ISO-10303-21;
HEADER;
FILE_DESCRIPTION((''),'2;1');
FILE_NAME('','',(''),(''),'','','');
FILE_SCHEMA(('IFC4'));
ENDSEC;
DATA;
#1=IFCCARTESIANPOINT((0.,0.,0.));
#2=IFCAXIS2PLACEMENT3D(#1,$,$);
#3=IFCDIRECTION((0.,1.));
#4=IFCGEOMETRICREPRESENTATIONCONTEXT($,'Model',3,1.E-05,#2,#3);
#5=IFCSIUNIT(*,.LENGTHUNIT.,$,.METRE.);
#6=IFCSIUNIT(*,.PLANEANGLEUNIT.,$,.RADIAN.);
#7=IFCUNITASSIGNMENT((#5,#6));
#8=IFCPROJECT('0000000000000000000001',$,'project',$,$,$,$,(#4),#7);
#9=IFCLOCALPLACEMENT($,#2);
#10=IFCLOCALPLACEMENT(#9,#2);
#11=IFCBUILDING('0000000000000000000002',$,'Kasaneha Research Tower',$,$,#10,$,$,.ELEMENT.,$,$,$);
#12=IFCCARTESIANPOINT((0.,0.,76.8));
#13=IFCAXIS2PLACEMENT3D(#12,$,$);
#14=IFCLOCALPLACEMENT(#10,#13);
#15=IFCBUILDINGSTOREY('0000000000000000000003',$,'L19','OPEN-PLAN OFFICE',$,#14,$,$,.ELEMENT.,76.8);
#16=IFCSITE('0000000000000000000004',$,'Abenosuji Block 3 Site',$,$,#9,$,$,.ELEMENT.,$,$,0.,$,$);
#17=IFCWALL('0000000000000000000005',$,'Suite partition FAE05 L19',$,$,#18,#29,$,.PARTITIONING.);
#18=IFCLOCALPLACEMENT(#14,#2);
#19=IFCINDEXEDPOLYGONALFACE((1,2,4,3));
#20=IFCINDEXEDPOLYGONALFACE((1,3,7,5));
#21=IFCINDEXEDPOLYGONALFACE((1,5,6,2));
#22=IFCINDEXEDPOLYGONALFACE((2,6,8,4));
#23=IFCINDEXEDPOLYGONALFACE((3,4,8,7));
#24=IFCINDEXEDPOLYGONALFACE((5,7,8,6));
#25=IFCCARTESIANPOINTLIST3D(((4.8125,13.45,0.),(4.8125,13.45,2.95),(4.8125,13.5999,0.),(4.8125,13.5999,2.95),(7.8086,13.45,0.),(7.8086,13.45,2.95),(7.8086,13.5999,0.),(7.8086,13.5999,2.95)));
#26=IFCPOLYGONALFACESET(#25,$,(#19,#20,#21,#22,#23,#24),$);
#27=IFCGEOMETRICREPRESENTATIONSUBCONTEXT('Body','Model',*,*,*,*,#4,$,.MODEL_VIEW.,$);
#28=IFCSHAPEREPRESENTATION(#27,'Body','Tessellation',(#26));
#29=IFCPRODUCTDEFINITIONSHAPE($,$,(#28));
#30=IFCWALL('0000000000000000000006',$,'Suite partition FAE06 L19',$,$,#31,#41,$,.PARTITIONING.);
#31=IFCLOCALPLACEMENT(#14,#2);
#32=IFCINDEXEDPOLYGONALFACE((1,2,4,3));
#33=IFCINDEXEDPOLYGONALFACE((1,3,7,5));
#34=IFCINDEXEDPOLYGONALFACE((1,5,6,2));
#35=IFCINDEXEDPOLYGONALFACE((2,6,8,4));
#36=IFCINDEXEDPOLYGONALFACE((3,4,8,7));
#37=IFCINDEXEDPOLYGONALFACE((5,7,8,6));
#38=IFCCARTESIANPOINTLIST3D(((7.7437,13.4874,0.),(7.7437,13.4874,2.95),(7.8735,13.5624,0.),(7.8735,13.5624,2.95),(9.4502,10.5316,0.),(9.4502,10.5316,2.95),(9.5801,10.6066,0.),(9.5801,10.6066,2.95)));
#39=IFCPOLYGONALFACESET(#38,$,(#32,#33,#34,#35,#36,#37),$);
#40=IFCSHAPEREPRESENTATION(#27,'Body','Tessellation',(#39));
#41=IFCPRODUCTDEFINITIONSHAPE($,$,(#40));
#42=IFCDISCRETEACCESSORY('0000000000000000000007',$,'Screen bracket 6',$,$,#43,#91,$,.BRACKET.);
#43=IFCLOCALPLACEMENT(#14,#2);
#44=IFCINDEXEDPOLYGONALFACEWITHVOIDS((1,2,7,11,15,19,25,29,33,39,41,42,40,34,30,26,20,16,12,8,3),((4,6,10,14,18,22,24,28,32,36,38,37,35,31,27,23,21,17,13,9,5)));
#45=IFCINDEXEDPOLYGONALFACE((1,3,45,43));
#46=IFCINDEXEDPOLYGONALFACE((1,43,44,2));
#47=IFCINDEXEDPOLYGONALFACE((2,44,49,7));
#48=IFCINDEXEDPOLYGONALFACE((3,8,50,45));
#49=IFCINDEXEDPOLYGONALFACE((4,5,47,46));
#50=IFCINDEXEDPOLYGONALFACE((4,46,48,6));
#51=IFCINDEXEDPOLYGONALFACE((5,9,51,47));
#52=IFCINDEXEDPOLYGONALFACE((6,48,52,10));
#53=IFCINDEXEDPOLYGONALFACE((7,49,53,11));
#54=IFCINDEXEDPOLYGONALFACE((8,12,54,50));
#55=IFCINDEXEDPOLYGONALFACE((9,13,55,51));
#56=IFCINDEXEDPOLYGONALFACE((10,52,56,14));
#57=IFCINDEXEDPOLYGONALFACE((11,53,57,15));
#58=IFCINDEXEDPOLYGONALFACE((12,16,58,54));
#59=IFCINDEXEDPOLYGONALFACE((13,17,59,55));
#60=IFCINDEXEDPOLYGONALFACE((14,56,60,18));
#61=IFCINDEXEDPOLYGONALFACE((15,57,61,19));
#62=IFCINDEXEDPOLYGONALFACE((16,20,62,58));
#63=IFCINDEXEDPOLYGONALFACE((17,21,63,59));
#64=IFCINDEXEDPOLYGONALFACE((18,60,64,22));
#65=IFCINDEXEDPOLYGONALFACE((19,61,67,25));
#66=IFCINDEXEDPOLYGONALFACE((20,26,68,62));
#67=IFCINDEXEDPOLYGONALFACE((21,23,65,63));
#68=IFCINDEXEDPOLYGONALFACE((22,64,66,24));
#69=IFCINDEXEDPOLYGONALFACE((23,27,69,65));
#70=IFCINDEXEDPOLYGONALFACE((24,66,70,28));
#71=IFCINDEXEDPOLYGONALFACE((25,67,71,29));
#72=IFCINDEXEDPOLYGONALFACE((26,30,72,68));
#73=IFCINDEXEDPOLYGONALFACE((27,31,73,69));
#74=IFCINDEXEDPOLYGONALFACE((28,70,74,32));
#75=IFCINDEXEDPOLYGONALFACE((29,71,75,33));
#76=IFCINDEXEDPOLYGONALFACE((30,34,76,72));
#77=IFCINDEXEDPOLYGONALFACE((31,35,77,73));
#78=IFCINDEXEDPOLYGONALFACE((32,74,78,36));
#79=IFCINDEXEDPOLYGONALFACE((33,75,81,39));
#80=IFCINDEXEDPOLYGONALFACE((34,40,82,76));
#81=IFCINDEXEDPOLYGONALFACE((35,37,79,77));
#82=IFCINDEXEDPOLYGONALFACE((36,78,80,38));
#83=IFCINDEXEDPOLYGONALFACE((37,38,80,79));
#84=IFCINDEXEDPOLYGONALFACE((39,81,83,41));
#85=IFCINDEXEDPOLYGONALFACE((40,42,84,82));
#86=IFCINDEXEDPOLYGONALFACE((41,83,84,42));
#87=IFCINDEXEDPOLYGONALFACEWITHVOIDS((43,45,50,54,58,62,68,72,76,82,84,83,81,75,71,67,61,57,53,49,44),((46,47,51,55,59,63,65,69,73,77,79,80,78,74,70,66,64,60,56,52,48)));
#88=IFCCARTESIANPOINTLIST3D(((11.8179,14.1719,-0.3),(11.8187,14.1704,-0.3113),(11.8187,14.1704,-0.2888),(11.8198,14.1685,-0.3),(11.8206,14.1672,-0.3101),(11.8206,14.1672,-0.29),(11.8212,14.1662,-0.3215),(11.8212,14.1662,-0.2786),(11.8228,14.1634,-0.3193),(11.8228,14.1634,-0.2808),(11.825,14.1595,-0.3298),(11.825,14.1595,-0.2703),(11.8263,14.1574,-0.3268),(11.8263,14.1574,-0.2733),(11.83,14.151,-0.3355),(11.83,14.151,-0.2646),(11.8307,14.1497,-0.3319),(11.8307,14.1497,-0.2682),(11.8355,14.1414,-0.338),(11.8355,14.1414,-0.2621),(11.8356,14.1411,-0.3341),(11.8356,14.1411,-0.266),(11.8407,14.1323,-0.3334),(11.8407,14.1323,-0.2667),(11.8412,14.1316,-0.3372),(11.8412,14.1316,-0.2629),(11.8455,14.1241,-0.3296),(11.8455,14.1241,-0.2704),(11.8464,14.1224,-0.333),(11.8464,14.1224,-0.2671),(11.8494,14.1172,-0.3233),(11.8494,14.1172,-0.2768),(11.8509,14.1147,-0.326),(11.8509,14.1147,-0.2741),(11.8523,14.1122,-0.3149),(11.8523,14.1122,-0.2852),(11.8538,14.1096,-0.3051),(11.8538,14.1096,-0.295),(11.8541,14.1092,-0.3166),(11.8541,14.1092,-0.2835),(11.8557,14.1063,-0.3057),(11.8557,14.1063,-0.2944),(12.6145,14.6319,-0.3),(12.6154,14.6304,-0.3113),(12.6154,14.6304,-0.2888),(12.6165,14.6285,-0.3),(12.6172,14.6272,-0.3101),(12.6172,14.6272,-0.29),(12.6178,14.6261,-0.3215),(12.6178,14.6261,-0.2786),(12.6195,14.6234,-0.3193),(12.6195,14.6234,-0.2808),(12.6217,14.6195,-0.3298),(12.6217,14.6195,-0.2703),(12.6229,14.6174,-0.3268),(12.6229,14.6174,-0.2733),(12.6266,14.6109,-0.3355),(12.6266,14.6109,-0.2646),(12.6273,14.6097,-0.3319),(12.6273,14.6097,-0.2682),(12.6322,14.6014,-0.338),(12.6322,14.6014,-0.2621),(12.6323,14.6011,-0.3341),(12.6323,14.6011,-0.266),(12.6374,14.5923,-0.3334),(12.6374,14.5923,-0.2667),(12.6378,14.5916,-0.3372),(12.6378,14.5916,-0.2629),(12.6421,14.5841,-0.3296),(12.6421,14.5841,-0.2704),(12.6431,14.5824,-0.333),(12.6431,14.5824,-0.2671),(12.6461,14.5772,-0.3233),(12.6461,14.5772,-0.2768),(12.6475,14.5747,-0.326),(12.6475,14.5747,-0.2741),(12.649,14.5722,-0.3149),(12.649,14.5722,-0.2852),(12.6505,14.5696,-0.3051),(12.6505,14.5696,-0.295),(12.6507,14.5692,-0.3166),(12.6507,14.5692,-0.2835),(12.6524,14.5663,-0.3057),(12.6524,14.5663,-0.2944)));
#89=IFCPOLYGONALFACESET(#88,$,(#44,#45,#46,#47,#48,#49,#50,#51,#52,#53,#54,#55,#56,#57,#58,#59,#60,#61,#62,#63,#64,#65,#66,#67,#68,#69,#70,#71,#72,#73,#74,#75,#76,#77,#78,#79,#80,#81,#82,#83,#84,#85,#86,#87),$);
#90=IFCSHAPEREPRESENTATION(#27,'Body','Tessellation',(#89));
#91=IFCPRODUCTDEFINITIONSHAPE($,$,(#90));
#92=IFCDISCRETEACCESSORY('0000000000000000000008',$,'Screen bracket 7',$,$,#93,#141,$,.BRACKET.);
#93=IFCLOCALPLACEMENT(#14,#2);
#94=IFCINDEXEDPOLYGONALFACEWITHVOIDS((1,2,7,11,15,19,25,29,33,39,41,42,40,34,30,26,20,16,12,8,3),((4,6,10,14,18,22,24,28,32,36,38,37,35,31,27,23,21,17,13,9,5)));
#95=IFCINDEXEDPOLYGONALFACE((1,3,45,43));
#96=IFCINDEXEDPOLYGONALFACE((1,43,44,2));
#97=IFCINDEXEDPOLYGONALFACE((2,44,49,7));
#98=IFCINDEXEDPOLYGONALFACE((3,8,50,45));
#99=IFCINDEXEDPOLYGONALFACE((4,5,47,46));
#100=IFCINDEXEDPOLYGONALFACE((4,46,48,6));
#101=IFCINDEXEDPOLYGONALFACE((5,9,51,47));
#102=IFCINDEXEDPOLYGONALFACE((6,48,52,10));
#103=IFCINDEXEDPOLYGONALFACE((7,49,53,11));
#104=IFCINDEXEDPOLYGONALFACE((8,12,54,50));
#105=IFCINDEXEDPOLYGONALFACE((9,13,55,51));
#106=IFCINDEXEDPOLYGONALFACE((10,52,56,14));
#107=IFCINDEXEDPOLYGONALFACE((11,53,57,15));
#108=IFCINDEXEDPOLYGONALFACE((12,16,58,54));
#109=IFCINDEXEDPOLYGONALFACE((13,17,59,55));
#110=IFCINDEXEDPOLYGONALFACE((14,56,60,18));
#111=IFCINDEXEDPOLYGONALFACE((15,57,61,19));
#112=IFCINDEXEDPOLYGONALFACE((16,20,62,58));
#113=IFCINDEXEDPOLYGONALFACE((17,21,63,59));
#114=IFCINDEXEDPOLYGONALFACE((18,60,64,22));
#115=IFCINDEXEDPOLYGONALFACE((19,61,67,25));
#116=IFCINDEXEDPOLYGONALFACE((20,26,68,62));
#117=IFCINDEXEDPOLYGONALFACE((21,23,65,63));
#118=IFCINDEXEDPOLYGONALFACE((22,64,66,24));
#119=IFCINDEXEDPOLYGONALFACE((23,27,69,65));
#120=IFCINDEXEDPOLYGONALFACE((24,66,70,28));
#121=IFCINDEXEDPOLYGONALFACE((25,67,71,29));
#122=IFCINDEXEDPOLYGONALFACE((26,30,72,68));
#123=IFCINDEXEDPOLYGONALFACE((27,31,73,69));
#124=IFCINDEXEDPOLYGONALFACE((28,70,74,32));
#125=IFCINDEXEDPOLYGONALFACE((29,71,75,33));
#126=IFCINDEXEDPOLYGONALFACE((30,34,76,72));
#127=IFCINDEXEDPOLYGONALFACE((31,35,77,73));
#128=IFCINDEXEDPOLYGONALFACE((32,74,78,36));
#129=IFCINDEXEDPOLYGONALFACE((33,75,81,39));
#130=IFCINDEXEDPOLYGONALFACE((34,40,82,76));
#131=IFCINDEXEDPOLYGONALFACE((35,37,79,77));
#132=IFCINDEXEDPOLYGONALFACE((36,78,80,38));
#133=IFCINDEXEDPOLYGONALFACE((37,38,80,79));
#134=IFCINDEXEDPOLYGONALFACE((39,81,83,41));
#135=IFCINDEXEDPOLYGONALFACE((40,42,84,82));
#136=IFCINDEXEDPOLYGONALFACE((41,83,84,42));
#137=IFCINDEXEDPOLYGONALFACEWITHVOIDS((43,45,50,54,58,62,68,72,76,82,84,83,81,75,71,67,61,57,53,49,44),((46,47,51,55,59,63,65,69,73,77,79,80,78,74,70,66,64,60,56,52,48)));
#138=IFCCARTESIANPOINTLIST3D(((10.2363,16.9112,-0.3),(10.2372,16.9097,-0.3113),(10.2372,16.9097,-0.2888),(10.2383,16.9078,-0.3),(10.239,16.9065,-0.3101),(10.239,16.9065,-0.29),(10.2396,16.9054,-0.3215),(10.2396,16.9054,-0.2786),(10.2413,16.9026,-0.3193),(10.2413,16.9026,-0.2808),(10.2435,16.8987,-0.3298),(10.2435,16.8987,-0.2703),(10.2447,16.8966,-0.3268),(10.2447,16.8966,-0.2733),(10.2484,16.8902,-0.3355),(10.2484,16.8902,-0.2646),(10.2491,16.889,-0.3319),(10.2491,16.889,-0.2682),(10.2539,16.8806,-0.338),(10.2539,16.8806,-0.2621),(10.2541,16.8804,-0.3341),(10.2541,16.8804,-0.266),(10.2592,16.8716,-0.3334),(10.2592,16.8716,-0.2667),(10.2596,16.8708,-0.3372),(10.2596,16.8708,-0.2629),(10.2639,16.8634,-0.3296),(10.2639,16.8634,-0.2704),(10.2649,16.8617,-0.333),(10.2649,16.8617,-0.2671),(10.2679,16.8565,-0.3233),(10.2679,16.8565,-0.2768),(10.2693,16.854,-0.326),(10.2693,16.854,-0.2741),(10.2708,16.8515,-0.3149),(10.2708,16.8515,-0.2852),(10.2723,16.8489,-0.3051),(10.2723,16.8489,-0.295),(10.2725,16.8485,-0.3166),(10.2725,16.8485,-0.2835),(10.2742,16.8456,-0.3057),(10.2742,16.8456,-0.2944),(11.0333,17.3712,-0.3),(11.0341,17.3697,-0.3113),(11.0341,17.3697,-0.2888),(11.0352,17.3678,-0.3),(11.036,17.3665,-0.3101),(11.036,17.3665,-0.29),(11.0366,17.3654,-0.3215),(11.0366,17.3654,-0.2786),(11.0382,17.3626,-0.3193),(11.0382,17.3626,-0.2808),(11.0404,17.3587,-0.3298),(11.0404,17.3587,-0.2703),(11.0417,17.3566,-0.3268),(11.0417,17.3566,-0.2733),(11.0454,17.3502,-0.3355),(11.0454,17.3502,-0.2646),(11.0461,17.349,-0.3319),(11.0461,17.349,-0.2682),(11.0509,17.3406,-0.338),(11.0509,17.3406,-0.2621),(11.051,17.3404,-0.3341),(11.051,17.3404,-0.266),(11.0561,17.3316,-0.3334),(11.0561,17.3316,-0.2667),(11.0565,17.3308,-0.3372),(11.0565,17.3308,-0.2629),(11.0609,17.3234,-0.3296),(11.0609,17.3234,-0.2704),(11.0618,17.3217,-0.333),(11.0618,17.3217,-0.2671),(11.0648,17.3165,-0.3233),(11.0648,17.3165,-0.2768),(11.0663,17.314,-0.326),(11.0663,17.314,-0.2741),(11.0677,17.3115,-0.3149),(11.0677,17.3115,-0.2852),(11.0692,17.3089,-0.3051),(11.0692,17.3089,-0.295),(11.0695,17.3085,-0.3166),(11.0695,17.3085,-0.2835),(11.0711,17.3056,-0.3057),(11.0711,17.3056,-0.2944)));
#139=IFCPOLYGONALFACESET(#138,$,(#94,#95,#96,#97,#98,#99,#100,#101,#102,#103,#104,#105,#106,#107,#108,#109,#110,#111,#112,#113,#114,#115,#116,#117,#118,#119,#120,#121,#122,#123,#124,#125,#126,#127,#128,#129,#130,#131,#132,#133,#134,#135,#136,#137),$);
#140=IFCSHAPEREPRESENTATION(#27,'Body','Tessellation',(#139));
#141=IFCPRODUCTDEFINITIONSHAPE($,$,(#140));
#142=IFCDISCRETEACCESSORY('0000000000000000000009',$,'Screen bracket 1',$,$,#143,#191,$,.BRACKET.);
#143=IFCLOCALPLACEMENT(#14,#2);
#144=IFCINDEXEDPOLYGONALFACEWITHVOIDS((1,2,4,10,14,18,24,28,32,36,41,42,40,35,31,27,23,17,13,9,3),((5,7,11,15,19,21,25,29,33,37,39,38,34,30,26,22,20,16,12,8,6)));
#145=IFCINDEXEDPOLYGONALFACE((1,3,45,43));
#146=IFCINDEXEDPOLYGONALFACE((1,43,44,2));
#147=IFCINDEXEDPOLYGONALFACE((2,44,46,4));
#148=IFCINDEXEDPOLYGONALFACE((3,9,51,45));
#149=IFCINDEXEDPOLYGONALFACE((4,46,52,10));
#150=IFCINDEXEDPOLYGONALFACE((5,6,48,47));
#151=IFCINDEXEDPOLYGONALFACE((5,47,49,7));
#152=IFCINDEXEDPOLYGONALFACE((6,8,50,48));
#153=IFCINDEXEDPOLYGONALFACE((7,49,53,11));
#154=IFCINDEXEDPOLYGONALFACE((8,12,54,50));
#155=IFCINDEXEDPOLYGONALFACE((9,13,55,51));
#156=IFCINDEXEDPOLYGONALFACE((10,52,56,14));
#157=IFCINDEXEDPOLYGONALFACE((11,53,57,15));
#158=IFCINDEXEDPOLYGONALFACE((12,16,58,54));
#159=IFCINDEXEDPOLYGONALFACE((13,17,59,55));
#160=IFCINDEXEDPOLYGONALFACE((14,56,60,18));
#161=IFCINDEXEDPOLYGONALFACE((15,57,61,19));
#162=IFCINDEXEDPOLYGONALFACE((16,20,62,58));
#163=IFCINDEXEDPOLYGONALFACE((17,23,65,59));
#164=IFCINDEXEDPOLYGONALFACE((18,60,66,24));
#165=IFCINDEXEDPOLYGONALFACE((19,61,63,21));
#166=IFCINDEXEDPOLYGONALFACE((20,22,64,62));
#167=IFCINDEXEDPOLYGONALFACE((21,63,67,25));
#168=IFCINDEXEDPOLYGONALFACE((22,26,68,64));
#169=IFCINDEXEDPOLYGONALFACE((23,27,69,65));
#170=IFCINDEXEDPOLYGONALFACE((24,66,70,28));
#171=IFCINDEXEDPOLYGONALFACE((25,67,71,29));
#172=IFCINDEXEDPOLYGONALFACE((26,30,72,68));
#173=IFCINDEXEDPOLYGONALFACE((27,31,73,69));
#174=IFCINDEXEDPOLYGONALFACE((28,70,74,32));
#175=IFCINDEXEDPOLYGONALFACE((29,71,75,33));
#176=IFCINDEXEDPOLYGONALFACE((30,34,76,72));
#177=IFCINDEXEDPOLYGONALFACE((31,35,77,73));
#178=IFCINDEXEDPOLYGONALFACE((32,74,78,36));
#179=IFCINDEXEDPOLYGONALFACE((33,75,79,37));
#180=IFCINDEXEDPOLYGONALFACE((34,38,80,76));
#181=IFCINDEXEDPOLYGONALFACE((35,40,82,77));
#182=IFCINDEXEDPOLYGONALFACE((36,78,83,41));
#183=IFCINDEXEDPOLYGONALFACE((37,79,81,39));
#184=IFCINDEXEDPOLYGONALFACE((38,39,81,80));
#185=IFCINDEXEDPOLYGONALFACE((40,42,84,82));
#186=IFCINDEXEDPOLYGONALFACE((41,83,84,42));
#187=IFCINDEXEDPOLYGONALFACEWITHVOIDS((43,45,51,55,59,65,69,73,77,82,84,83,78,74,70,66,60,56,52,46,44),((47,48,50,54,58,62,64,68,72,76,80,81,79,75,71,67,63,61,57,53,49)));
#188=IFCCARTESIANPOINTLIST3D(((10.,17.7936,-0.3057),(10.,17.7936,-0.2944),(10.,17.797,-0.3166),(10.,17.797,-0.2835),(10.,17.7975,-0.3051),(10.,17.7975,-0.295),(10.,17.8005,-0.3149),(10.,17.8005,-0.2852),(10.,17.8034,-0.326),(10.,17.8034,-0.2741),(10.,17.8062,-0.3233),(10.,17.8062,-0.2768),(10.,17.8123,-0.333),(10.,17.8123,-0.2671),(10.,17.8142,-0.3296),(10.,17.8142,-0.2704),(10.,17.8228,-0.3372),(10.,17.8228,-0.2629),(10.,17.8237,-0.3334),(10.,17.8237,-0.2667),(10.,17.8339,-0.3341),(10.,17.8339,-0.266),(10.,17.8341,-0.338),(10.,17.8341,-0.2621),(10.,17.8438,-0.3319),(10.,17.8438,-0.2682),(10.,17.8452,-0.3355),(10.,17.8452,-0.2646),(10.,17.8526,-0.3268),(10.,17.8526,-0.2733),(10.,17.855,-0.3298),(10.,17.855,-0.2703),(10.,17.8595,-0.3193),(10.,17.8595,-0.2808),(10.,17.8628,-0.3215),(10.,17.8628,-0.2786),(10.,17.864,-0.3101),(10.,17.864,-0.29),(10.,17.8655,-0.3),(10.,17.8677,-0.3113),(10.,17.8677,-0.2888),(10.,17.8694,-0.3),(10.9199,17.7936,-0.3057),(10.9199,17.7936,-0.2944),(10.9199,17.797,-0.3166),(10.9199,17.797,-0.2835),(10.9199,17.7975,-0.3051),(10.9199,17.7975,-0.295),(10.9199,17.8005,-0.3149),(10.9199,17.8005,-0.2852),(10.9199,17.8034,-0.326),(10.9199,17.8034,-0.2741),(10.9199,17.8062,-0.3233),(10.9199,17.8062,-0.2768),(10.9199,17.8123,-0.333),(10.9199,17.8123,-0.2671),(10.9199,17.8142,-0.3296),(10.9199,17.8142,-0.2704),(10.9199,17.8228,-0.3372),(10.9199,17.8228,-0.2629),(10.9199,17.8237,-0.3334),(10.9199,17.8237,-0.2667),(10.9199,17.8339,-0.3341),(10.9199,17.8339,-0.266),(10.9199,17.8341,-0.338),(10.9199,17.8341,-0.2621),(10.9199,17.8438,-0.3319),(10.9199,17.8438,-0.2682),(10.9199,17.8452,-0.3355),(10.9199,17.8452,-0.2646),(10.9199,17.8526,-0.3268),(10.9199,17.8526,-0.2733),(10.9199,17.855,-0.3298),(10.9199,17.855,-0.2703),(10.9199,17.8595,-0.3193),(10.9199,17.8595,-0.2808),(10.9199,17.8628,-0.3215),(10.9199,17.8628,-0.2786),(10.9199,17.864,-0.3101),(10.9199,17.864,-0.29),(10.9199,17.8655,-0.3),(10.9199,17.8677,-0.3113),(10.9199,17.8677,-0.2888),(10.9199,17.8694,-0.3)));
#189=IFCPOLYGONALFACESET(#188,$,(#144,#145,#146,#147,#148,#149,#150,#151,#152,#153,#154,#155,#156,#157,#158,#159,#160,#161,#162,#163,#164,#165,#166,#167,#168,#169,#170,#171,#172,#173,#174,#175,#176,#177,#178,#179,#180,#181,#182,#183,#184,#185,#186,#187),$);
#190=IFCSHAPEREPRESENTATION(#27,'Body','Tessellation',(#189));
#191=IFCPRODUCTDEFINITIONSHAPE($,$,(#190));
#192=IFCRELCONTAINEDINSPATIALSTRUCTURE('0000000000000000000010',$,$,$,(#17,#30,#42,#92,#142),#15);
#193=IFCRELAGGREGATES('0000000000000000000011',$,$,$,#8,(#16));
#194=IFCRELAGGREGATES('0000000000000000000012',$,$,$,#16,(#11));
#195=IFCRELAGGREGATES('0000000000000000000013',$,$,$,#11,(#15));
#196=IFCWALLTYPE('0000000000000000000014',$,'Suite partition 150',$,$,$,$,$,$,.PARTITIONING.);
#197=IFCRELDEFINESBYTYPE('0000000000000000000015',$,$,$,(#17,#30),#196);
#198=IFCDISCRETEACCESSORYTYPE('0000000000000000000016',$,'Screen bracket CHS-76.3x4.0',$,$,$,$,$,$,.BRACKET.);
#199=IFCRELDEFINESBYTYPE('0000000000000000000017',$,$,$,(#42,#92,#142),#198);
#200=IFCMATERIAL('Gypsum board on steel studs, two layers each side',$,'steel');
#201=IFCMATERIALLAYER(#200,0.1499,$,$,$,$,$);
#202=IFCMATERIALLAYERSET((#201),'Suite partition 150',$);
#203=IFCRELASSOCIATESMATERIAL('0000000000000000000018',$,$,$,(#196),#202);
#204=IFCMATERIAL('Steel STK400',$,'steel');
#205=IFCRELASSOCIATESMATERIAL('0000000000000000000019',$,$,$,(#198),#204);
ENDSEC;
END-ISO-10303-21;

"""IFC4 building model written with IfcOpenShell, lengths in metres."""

from ifc_helpers import new_model, si_unit, direction, frame, frame_2d, origin, origin_2d, place, context, subcontext, project, spatial, rectangle, hollow_circle, extrude, material, layer, layer_set, material_profile, profile_set, type_object, element, save


model = new_model("IFC4")

# Units and contexts
model_context = context("Model", 3, precision=1e-05, world=origin(), true_north=direction((0.0, 1.0)))
body_context = subcontext(model_context, "Body", "Model", "MODEL_VIEW")
ifc_project = project(units=[si_unit("LENGTHUNIT", "METRE"), si_unit("PLANEANGLEUNIT", "RADIAN")], contexts=[model_context])

# Site, building, storey
site_placement = place(None, origin())
site = spatial("IfcSite", under=ifc_project, at=site_placement, Name="Abenosuji Block 3 Site", CompositionType="ELEMENT", RefElevation=0.0)
building_placement = place(site_placement, origin())
building = spatial("IfcBuilding", under=site, at=building_placement, Name="Kasaneha Research Tower", CompositionType="ELEMENT")
storey_placement = place(building_placement, frame((0.0, 0.0, 76.8)))
storey = spatial("IfcBuildingStorey", under=building, at=storey_placement, Name="L19", Description="OPEN-PLAN OFFICE", CompositionType="ELEMENT", Elevation=76.8)

# Shared definitions
ifc_material_1 = material(Name="Gypsum board on steel studs, two layers each side", Category="steel")
ifc_layer_1 = layer(ifc_material_1, 0.1499)
ifc_layer_set_1 = layer_set([ifc_layer_1], Name="Suite partition 150")
wall_type_1 = type_object("IfcWallType", Name="Suite partition 150", PredefinedType="PARTITIONING", material=ifc_layer_set_1)

# Walls
wall_1_placement = place(storey_placement, frame((4.8125, 13.5249, 0.0), z_axis=(0.0, 0.0, 1.0), x_axis=(1.0, 0.0, 0.0)))
element("IfcWall", 1, at=wall_1_placement, inside=storey, type_object=wall_type_1, Name="Suite partition FAE05 L19", PredefinedType="PARTITIONING", context=body_context, shape_type="SweptSolid", body=[
    extrude(rectangle(XDim=2.9961, YDim=0.1499, at=frame_2d((1.498, 0.0))), origin(), (0.0, 0.0, 1.0), 2.95),
])
wall_2_placement = place(storey_placement, frame((7.8086, 13.5249, 0.0), z_axis=(0.0, 0.0, 1.0), x_axis=(0.500001, -0.866025, 0.0)))
element("IfcWall", 2, at=wall_2_placement, inside=storey, type_object=wall_type_1, Name="Suite partition FAE06 L19", PredefinedType="PARTITIONING", context=body_context, shape_type="SweptSolid", body=[
    extrude(rectangle(XDim=3.4131, YDim=0.1499, at=frame_2d((1.7065, 0.0))), origin(), (0.0, 0.0, 1.0), 2.95),
])

# Discrete accessories
ifc_material_2 = material(Name="Steel STK400", Category="steel")
ifc_material_profile_1 = material_profile(ifc_material_2, hollow_circle(Radius=0.0381, WallThickness=0.0039, at=origin_2d()), Name="CHS-76.3x4.0")
ifc_profile_set_1 = profile_set([ifc_material_profile_1], Name="Steel STK400")
discrete_accessory_type = type_object("IfcDiscreteAccessoryType", Name="Screen bracket CHS-76.3x4.0", PredefinedType="BRACKET", material=ifc_profile_set_1)
discrete_accessory_1_placement = place(storey_placement, frame((11.8369, 14.1389, -0.3), z_axis=(0.866013, 0.500021, 0.0), x_axis=(-0.500021, 0.866013, 0.0)))
element("IfcDiscreteAccessory", 3, at=discrete_accessory_1_placement, inside=storey, type_object=discrete_accessory_type, Name="Screen bracket 6", PredefinedType="BRACKET", context=body_context, shape_type="SweptSolid", body=[
    extrude(hollow_circle(Radius=0.0381, WallThickness=0.0039, at=origin_2d()), origin(), (0.0, 0.0, 1.0), 0.9199),
])
discrete_accessory_2_placement = place(storey_placement, frame((10.2554, 16.8782, -0.3), z_axis=(0.86608, 0.499906, 0.0), x_axis=(-0.499906, 0.86608, 0.0)))
element("IfcDiscreteAccessory", 4, at=discrete_accessory_2_placement, inside=storey, type_object=discrete_accessory_type, Name="Screen bracket 7", PredefinedType="BRACKET", context=body_context, shape_type="SweptSolid", body=[
    extrude(hollow_circle(Radius=0.0381, WallThickness=0.0039, at=origin_2d()), origin(), (0.0, 0.0, 1.0), 0.9202),
])
for number, where, z_axis, x_axis, name in (
    (5, (10.0, 17.8313, -0.3), (1.0, 0.0, 0.0), (0.0, 1.0, 0.0), "Screen bracket 1"),
):
    element("IfcDiscreteAccessory", number, at=place(storey_placement, frame(where, z_axis=z_axis, x_axis=x_axis)), inside=storey, type_object=discrete_accessory_type, Name=name, PredefinedType="BRACKET", context=body_context, shape_type="SweptSolid", body=[
        extrude(hollow_circle(Radius=0.0381, WallThickness=0.0039, at=origin_2d()), origin(), (0.0, 0.0, 1.0), 0.9199),
    ])

save(model, "model.ifc")
